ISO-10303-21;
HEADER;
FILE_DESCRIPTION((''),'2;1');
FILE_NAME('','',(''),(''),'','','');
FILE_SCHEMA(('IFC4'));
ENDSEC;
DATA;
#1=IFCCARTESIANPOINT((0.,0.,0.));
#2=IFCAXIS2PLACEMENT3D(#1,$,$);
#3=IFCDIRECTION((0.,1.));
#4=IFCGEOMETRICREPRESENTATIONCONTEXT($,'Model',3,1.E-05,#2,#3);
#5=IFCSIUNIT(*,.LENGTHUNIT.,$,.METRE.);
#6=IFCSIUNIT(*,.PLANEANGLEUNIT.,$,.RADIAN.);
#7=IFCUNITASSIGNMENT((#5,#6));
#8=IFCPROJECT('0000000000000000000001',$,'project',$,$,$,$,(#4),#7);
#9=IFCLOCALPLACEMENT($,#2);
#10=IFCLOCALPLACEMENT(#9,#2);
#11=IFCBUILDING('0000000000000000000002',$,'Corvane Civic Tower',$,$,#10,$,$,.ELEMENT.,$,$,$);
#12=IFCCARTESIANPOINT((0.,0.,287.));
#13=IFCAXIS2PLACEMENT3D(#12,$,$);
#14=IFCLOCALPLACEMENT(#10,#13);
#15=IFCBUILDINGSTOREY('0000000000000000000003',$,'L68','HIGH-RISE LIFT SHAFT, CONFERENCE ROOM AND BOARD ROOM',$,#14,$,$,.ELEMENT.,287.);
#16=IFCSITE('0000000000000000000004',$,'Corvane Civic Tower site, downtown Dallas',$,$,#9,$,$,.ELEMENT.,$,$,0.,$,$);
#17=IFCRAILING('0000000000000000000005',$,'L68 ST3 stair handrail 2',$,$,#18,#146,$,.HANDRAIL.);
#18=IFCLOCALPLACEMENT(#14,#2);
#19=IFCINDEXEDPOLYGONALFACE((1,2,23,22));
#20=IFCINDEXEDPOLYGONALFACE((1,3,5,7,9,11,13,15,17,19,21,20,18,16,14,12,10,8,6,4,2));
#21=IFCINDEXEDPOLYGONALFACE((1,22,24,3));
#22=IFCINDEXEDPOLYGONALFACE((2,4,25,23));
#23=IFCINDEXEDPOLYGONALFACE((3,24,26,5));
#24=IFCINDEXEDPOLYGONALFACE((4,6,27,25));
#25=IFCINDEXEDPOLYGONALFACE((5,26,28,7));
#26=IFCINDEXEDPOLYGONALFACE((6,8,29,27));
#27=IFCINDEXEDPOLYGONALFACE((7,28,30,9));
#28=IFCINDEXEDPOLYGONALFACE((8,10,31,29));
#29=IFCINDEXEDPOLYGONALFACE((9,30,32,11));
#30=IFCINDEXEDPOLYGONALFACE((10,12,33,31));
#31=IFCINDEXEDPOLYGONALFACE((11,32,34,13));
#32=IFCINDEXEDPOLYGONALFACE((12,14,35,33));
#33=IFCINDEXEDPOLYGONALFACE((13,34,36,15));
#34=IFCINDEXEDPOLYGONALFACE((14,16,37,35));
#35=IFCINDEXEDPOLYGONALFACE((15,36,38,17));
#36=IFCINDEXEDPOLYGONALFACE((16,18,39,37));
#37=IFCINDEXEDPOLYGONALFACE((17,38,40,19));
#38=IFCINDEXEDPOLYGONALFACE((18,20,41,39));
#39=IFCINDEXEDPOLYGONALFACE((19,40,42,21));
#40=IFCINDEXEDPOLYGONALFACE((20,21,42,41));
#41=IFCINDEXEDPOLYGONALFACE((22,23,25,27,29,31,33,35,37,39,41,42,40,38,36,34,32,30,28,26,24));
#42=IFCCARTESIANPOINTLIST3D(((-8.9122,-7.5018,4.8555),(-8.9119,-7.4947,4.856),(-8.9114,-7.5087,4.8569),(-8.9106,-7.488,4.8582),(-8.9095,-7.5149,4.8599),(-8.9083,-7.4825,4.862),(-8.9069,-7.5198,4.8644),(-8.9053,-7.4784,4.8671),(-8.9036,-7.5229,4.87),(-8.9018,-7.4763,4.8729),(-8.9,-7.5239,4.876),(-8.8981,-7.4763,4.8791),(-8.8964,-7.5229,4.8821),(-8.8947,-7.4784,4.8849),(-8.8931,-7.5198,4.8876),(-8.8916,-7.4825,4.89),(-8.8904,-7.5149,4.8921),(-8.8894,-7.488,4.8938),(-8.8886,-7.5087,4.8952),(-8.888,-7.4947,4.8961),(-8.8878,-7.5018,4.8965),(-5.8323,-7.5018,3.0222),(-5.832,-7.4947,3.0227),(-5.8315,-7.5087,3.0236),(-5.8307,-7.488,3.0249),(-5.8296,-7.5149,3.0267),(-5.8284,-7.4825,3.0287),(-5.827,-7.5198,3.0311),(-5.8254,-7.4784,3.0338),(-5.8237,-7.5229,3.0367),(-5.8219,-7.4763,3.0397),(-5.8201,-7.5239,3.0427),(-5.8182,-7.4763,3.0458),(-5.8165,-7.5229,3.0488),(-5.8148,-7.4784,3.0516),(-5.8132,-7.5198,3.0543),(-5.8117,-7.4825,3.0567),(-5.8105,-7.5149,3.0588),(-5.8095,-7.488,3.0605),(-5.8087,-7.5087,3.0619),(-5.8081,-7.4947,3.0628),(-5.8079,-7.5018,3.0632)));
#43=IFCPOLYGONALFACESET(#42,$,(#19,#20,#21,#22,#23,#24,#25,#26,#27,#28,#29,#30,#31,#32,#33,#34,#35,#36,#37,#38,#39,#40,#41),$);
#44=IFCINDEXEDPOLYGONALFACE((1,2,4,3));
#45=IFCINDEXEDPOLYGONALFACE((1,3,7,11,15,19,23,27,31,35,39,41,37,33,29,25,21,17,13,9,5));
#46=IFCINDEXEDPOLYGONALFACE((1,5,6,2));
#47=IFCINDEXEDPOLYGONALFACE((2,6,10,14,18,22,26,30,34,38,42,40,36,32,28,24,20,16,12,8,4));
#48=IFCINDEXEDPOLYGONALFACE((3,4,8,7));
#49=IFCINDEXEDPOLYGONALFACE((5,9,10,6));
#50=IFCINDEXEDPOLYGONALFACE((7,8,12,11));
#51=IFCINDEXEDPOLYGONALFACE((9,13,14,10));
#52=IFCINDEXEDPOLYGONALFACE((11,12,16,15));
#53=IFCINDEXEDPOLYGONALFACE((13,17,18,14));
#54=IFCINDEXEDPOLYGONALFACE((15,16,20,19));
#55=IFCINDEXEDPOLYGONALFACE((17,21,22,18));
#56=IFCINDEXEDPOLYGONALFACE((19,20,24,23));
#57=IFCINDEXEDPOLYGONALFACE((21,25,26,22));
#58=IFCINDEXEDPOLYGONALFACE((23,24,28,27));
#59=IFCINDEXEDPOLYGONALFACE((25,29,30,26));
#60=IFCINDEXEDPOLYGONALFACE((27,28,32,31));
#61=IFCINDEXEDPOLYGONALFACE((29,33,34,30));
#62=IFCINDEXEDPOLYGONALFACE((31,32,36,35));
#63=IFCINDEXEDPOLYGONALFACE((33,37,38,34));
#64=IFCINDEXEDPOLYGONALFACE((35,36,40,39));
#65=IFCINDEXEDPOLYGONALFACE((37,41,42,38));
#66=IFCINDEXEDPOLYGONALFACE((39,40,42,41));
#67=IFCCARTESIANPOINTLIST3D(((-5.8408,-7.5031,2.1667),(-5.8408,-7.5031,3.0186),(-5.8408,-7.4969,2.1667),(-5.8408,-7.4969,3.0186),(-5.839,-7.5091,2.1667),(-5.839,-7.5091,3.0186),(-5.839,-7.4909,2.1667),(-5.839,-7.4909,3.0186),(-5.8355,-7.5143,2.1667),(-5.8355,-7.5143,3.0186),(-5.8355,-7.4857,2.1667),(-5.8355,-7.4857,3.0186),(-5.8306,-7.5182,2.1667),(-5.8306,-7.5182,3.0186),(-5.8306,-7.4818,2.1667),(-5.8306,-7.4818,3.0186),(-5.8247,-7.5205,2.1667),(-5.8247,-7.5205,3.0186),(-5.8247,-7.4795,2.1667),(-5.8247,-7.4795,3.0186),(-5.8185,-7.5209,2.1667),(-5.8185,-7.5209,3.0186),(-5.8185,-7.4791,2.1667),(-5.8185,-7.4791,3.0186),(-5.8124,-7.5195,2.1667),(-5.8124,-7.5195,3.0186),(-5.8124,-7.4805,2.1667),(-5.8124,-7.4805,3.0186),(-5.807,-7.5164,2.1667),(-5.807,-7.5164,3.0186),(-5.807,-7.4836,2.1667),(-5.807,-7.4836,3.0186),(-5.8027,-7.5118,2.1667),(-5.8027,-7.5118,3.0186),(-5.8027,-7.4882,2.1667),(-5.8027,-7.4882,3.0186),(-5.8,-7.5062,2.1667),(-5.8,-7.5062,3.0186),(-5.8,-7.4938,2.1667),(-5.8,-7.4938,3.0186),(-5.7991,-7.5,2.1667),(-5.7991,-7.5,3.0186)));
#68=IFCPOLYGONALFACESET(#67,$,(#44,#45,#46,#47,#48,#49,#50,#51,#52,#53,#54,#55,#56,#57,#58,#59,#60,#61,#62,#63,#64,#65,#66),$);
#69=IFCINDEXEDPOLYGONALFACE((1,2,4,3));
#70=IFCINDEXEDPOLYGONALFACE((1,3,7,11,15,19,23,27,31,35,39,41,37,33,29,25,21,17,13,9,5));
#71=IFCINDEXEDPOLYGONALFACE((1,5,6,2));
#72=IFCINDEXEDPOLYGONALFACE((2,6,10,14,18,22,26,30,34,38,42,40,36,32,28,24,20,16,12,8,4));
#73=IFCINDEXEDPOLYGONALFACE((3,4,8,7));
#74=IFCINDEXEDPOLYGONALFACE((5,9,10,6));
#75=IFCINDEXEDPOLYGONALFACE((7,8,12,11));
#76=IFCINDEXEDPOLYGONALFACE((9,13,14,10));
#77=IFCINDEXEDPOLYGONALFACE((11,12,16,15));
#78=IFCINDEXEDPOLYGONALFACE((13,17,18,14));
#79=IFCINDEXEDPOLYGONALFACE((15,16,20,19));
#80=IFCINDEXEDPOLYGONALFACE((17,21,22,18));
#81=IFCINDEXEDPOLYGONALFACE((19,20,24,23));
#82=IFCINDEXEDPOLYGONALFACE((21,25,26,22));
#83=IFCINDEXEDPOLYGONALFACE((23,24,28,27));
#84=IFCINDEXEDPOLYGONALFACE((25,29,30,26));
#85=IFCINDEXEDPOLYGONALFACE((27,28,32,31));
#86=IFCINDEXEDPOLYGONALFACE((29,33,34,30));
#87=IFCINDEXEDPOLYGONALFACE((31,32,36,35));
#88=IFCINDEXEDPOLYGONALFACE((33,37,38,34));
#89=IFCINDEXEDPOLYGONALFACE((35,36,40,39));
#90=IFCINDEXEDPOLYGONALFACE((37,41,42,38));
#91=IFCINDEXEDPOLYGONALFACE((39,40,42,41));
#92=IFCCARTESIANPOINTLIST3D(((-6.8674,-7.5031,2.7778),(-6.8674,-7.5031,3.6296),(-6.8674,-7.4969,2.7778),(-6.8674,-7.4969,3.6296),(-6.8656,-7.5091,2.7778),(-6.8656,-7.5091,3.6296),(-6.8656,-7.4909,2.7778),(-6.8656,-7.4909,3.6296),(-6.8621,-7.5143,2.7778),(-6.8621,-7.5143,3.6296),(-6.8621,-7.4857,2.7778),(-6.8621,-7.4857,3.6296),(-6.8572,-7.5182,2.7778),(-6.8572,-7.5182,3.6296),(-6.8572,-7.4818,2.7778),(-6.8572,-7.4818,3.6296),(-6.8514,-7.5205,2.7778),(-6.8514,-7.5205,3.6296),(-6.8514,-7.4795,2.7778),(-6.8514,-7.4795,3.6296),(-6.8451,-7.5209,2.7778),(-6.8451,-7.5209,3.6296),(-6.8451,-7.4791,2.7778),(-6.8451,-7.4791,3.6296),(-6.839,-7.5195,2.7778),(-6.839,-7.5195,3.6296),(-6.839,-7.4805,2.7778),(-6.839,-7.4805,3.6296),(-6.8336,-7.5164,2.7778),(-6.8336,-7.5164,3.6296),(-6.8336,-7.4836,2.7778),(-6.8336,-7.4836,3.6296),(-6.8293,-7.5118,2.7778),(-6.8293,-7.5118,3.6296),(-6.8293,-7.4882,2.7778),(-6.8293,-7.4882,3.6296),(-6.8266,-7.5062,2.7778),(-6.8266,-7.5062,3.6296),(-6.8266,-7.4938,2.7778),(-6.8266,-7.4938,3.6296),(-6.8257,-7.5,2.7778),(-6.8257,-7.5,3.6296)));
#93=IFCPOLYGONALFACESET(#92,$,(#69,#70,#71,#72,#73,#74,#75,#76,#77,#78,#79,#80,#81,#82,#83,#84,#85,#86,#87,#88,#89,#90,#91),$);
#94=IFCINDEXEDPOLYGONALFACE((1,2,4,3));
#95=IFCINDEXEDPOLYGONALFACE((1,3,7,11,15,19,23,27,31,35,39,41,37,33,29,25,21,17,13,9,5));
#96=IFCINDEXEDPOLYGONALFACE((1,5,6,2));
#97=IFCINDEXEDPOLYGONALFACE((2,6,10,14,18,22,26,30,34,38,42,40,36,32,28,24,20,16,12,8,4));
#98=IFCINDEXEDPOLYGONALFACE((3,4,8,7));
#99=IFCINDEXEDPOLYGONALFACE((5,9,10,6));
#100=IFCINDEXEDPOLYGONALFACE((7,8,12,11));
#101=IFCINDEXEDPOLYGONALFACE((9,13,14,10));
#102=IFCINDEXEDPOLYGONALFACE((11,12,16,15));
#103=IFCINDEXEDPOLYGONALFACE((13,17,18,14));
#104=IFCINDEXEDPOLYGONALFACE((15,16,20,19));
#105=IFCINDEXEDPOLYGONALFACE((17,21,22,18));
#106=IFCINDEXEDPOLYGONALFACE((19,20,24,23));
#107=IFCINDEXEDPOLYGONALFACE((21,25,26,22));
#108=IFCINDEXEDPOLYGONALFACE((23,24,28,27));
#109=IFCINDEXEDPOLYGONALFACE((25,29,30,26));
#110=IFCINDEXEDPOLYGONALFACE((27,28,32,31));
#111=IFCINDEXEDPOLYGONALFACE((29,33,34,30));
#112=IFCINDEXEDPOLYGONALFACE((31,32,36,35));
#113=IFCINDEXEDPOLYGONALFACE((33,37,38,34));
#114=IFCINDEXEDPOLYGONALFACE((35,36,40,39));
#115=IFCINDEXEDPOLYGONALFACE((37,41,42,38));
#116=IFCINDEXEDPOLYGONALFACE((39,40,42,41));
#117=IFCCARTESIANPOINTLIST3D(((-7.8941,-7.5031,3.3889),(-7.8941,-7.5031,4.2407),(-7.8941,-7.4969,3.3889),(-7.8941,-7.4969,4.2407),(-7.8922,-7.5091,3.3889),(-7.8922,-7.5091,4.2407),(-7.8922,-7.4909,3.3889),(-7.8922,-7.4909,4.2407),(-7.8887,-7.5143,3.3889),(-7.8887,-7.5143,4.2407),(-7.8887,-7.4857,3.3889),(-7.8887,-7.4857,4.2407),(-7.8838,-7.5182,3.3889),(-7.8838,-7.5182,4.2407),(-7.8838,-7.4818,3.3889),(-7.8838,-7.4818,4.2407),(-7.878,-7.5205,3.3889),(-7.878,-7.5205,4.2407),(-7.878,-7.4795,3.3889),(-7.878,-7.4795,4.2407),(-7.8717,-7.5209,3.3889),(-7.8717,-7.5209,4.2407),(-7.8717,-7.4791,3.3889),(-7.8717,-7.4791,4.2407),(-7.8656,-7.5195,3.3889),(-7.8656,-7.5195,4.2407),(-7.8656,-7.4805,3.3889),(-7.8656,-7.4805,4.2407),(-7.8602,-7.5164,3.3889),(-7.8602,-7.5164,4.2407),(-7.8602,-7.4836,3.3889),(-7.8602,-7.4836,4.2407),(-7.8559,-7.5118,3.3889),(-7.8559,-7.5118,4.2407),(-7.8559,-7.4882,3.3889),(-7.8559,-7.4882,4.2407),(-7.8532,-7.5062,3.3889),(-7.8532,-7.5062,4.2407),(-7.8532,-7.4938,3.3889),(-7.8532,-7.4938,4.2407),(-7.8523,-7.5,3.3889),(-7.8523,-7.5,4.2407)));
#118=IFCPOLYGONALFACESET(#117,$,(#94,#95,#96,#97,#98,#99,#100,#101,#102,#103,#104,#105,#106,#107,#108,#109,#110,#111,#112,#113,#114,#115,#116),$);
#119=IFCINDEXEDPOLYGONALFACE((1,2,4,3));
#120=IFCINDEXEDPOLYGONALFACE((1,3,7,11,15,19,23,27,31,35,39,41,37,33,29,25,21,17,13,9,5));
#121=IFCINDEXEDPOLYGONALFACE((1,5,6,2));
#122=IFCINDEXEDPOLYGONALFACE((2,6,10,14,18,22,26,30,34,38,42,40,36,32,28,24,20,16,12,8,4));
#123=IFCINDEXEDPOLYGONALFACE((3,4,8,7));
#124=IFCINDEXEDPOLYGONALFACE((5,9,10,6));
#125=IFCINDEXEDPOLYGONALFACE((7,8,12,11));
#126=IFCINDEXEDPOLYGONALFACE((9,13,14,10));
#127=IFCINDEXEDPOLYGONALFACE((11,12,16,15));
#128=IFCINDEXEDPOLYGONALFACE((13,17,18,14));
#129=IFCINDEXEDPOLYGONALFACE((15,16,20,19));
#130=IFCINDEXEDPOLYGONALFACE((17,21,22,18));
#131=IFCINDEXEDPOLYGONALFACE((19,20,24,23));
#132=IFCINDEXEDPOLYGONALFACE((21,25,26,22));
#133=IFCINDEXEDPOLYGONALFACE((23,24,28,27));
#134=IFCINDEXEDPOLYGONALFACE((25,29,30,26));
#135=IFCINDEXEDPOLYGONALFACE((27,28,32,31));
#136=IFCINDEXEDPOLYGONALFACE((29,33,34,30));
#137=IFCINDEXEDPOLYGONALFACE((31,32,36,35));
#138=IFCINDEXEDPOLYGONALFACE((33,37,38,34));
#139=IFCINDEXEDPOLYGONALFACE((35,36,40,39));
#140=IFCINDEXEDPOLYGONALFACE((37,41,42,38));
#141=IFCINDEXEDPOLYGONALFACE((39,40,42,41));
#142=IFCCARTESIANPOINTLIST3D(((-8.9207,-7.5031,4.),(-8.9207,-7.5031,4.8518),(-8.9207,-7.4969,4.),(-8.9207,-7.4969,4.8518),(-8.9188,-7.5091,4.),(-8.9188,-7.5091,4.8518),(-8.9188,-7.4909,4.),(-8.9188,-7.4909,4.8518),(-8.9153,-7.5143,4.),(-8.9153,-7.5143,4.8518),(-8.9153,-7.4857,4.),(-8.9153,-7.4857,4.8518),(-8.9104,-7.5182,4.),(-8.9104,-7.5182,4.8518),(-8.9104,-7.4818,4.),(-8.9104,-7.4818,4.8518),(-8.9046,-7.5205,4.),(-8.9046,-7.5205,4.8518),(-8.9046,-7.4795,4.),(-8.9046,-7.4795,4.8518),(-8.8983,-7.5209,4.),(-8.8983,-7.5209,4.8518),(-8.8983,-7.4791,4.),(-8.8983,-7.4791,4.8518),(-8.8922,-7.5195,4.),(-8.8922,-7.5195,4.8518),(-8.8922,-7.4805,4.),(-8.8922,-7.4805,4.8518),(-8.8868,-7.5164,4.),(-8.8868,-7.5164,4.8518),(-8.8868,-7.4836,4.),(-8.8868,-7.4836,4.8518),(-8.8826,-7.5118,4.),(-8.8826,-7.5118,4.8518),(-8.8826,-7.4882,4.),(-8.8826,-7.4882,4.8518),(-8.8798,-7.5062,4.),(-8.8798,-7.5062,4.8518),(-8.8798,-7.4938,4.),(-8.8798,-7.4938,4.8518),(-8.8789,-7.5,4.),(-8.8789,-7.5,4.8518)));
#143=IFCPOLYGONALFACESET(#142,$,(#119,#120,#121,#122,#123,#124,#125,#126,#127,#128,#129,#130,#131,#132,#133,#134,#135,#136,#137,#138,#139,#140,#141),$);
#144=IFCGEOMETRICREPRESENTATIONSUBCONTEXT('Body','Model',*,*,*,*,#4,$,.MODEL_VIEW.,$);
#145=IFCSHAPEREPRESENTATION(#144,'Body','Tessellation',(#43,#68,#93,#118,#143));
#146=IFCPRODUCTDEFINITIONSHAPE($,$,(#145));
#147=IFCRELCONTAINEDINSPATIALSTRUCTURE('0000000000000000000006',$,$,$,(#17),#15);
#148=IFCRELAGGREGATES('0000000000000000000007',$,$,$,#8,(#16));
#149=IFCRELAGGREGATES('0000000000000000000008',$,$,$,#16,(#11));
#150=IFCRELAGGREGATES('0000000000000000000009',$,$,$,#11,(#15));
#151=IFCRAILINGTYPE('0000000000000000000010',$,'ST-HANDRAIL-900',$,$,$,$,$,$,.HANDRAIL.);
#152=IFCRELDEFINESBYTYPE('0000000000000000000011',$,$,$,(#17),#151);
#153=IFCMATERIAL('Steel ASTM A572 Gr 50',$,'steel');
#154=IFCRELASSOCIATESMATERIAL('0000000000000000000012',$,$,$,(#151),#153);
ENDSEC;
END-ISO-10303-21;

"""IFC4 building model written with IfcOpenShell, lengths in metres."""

from ifc_helpers import new_model, si_unit, direction, frame, origin, origin_2d, place, context, subcontext, project, spatial, circle, extrude, material, type_object, element, save


model = new_model("IFC4")

# Units and contexts
model_context = context("Model", 3, precision=1e-05, world=origin(), true_north=direction((0.0, 1.0)))
body_context = subcontext(model_context, "Body", "Model", "MODEL_VIEW")
ifc_project = project(units=[si_unit("LENGTHUNIT", "METRE"), si_unit("PLANEANGLEUNIT", "RADIAN")], contexts=[model_context])

# Site, building, storey
site_placement = place(None, origin())
site = spatial("IfcSite", under=ifc_project, at=site_placement, Name="Corvane Civic Tower site, downtown Dallas", CompositionType="ELEMENT", RefElevation=0.0)
building_placement = place(site_placement, origin())
building = spatial("IfcBuilding", under=site, at=building_placement, Name="Corvane Civic Tower", CompositionType="ELEMENT")
storey_placement = place(building_placement, frame((0.0, 0.0, 287.0)))
storey = spatial("IfcBuildingStorey", under=building, at=storey_placement, Name="L68", Description="HIGH-RISE LIFT SHAFT, CONFERENCE ROOM AND BOARD ROOM", CompositionType="ELEMENT", Elevation=287.0)

# Railing
ifc_material_1 = material(Name="Steel ASTM A572 Gr 50", Category="steel")
railing_type_1 = type_object("IfcRailingType", Name="ST-HANDRAIL-900", PredefinedType="HANDRAIL", material=ifc_material_1)
railing_1_placement = place(storey_placement, frame((-5.8201, -7.5, 2.1667)))
element("IfcRailing", 1, at=railing_1_placement, inside=storey, type_object=railing_type_1, Name="L68 ST3 stair handrail 2", PredefinedType="HANDRAIL", context=body_context, shape_type="SweptSolid", body=[
    extrude(circle(Radius=0.0239, at=origin_2d()), frame((0.0, 0.0, 0.876), z_axis=(-0.859291, 0.0, 0.511487), x_axis=(0.0, -1.0, 0.0)), (0.0, 0.0, 1.0), 3.5842),
    extrude(circle(Radius=0.021, at=origin_2d()), origin(), (0.0, 0.0, 1.0), 0.8518),
    extrude(circle(Radius=0.021, at=origin_2d()), frame((-1.0266, 0.0, 0.6111)), (0.0, 0.0, 1.0), 0.8518),
    extrude(circle(Radius=0.021, at=origin_2d()), frame((-2.0532, 0.0, 1.2222)), (0.0, 0.0, 1.0), 0.8518),
    extrude(circle(Radius=0.021, at=origin_2d()), frame((-3.0798, 0.0, 1.8333)), (0.0, 0.0, 1.0), 0.8518),
])

save(model, "model.ifc")
